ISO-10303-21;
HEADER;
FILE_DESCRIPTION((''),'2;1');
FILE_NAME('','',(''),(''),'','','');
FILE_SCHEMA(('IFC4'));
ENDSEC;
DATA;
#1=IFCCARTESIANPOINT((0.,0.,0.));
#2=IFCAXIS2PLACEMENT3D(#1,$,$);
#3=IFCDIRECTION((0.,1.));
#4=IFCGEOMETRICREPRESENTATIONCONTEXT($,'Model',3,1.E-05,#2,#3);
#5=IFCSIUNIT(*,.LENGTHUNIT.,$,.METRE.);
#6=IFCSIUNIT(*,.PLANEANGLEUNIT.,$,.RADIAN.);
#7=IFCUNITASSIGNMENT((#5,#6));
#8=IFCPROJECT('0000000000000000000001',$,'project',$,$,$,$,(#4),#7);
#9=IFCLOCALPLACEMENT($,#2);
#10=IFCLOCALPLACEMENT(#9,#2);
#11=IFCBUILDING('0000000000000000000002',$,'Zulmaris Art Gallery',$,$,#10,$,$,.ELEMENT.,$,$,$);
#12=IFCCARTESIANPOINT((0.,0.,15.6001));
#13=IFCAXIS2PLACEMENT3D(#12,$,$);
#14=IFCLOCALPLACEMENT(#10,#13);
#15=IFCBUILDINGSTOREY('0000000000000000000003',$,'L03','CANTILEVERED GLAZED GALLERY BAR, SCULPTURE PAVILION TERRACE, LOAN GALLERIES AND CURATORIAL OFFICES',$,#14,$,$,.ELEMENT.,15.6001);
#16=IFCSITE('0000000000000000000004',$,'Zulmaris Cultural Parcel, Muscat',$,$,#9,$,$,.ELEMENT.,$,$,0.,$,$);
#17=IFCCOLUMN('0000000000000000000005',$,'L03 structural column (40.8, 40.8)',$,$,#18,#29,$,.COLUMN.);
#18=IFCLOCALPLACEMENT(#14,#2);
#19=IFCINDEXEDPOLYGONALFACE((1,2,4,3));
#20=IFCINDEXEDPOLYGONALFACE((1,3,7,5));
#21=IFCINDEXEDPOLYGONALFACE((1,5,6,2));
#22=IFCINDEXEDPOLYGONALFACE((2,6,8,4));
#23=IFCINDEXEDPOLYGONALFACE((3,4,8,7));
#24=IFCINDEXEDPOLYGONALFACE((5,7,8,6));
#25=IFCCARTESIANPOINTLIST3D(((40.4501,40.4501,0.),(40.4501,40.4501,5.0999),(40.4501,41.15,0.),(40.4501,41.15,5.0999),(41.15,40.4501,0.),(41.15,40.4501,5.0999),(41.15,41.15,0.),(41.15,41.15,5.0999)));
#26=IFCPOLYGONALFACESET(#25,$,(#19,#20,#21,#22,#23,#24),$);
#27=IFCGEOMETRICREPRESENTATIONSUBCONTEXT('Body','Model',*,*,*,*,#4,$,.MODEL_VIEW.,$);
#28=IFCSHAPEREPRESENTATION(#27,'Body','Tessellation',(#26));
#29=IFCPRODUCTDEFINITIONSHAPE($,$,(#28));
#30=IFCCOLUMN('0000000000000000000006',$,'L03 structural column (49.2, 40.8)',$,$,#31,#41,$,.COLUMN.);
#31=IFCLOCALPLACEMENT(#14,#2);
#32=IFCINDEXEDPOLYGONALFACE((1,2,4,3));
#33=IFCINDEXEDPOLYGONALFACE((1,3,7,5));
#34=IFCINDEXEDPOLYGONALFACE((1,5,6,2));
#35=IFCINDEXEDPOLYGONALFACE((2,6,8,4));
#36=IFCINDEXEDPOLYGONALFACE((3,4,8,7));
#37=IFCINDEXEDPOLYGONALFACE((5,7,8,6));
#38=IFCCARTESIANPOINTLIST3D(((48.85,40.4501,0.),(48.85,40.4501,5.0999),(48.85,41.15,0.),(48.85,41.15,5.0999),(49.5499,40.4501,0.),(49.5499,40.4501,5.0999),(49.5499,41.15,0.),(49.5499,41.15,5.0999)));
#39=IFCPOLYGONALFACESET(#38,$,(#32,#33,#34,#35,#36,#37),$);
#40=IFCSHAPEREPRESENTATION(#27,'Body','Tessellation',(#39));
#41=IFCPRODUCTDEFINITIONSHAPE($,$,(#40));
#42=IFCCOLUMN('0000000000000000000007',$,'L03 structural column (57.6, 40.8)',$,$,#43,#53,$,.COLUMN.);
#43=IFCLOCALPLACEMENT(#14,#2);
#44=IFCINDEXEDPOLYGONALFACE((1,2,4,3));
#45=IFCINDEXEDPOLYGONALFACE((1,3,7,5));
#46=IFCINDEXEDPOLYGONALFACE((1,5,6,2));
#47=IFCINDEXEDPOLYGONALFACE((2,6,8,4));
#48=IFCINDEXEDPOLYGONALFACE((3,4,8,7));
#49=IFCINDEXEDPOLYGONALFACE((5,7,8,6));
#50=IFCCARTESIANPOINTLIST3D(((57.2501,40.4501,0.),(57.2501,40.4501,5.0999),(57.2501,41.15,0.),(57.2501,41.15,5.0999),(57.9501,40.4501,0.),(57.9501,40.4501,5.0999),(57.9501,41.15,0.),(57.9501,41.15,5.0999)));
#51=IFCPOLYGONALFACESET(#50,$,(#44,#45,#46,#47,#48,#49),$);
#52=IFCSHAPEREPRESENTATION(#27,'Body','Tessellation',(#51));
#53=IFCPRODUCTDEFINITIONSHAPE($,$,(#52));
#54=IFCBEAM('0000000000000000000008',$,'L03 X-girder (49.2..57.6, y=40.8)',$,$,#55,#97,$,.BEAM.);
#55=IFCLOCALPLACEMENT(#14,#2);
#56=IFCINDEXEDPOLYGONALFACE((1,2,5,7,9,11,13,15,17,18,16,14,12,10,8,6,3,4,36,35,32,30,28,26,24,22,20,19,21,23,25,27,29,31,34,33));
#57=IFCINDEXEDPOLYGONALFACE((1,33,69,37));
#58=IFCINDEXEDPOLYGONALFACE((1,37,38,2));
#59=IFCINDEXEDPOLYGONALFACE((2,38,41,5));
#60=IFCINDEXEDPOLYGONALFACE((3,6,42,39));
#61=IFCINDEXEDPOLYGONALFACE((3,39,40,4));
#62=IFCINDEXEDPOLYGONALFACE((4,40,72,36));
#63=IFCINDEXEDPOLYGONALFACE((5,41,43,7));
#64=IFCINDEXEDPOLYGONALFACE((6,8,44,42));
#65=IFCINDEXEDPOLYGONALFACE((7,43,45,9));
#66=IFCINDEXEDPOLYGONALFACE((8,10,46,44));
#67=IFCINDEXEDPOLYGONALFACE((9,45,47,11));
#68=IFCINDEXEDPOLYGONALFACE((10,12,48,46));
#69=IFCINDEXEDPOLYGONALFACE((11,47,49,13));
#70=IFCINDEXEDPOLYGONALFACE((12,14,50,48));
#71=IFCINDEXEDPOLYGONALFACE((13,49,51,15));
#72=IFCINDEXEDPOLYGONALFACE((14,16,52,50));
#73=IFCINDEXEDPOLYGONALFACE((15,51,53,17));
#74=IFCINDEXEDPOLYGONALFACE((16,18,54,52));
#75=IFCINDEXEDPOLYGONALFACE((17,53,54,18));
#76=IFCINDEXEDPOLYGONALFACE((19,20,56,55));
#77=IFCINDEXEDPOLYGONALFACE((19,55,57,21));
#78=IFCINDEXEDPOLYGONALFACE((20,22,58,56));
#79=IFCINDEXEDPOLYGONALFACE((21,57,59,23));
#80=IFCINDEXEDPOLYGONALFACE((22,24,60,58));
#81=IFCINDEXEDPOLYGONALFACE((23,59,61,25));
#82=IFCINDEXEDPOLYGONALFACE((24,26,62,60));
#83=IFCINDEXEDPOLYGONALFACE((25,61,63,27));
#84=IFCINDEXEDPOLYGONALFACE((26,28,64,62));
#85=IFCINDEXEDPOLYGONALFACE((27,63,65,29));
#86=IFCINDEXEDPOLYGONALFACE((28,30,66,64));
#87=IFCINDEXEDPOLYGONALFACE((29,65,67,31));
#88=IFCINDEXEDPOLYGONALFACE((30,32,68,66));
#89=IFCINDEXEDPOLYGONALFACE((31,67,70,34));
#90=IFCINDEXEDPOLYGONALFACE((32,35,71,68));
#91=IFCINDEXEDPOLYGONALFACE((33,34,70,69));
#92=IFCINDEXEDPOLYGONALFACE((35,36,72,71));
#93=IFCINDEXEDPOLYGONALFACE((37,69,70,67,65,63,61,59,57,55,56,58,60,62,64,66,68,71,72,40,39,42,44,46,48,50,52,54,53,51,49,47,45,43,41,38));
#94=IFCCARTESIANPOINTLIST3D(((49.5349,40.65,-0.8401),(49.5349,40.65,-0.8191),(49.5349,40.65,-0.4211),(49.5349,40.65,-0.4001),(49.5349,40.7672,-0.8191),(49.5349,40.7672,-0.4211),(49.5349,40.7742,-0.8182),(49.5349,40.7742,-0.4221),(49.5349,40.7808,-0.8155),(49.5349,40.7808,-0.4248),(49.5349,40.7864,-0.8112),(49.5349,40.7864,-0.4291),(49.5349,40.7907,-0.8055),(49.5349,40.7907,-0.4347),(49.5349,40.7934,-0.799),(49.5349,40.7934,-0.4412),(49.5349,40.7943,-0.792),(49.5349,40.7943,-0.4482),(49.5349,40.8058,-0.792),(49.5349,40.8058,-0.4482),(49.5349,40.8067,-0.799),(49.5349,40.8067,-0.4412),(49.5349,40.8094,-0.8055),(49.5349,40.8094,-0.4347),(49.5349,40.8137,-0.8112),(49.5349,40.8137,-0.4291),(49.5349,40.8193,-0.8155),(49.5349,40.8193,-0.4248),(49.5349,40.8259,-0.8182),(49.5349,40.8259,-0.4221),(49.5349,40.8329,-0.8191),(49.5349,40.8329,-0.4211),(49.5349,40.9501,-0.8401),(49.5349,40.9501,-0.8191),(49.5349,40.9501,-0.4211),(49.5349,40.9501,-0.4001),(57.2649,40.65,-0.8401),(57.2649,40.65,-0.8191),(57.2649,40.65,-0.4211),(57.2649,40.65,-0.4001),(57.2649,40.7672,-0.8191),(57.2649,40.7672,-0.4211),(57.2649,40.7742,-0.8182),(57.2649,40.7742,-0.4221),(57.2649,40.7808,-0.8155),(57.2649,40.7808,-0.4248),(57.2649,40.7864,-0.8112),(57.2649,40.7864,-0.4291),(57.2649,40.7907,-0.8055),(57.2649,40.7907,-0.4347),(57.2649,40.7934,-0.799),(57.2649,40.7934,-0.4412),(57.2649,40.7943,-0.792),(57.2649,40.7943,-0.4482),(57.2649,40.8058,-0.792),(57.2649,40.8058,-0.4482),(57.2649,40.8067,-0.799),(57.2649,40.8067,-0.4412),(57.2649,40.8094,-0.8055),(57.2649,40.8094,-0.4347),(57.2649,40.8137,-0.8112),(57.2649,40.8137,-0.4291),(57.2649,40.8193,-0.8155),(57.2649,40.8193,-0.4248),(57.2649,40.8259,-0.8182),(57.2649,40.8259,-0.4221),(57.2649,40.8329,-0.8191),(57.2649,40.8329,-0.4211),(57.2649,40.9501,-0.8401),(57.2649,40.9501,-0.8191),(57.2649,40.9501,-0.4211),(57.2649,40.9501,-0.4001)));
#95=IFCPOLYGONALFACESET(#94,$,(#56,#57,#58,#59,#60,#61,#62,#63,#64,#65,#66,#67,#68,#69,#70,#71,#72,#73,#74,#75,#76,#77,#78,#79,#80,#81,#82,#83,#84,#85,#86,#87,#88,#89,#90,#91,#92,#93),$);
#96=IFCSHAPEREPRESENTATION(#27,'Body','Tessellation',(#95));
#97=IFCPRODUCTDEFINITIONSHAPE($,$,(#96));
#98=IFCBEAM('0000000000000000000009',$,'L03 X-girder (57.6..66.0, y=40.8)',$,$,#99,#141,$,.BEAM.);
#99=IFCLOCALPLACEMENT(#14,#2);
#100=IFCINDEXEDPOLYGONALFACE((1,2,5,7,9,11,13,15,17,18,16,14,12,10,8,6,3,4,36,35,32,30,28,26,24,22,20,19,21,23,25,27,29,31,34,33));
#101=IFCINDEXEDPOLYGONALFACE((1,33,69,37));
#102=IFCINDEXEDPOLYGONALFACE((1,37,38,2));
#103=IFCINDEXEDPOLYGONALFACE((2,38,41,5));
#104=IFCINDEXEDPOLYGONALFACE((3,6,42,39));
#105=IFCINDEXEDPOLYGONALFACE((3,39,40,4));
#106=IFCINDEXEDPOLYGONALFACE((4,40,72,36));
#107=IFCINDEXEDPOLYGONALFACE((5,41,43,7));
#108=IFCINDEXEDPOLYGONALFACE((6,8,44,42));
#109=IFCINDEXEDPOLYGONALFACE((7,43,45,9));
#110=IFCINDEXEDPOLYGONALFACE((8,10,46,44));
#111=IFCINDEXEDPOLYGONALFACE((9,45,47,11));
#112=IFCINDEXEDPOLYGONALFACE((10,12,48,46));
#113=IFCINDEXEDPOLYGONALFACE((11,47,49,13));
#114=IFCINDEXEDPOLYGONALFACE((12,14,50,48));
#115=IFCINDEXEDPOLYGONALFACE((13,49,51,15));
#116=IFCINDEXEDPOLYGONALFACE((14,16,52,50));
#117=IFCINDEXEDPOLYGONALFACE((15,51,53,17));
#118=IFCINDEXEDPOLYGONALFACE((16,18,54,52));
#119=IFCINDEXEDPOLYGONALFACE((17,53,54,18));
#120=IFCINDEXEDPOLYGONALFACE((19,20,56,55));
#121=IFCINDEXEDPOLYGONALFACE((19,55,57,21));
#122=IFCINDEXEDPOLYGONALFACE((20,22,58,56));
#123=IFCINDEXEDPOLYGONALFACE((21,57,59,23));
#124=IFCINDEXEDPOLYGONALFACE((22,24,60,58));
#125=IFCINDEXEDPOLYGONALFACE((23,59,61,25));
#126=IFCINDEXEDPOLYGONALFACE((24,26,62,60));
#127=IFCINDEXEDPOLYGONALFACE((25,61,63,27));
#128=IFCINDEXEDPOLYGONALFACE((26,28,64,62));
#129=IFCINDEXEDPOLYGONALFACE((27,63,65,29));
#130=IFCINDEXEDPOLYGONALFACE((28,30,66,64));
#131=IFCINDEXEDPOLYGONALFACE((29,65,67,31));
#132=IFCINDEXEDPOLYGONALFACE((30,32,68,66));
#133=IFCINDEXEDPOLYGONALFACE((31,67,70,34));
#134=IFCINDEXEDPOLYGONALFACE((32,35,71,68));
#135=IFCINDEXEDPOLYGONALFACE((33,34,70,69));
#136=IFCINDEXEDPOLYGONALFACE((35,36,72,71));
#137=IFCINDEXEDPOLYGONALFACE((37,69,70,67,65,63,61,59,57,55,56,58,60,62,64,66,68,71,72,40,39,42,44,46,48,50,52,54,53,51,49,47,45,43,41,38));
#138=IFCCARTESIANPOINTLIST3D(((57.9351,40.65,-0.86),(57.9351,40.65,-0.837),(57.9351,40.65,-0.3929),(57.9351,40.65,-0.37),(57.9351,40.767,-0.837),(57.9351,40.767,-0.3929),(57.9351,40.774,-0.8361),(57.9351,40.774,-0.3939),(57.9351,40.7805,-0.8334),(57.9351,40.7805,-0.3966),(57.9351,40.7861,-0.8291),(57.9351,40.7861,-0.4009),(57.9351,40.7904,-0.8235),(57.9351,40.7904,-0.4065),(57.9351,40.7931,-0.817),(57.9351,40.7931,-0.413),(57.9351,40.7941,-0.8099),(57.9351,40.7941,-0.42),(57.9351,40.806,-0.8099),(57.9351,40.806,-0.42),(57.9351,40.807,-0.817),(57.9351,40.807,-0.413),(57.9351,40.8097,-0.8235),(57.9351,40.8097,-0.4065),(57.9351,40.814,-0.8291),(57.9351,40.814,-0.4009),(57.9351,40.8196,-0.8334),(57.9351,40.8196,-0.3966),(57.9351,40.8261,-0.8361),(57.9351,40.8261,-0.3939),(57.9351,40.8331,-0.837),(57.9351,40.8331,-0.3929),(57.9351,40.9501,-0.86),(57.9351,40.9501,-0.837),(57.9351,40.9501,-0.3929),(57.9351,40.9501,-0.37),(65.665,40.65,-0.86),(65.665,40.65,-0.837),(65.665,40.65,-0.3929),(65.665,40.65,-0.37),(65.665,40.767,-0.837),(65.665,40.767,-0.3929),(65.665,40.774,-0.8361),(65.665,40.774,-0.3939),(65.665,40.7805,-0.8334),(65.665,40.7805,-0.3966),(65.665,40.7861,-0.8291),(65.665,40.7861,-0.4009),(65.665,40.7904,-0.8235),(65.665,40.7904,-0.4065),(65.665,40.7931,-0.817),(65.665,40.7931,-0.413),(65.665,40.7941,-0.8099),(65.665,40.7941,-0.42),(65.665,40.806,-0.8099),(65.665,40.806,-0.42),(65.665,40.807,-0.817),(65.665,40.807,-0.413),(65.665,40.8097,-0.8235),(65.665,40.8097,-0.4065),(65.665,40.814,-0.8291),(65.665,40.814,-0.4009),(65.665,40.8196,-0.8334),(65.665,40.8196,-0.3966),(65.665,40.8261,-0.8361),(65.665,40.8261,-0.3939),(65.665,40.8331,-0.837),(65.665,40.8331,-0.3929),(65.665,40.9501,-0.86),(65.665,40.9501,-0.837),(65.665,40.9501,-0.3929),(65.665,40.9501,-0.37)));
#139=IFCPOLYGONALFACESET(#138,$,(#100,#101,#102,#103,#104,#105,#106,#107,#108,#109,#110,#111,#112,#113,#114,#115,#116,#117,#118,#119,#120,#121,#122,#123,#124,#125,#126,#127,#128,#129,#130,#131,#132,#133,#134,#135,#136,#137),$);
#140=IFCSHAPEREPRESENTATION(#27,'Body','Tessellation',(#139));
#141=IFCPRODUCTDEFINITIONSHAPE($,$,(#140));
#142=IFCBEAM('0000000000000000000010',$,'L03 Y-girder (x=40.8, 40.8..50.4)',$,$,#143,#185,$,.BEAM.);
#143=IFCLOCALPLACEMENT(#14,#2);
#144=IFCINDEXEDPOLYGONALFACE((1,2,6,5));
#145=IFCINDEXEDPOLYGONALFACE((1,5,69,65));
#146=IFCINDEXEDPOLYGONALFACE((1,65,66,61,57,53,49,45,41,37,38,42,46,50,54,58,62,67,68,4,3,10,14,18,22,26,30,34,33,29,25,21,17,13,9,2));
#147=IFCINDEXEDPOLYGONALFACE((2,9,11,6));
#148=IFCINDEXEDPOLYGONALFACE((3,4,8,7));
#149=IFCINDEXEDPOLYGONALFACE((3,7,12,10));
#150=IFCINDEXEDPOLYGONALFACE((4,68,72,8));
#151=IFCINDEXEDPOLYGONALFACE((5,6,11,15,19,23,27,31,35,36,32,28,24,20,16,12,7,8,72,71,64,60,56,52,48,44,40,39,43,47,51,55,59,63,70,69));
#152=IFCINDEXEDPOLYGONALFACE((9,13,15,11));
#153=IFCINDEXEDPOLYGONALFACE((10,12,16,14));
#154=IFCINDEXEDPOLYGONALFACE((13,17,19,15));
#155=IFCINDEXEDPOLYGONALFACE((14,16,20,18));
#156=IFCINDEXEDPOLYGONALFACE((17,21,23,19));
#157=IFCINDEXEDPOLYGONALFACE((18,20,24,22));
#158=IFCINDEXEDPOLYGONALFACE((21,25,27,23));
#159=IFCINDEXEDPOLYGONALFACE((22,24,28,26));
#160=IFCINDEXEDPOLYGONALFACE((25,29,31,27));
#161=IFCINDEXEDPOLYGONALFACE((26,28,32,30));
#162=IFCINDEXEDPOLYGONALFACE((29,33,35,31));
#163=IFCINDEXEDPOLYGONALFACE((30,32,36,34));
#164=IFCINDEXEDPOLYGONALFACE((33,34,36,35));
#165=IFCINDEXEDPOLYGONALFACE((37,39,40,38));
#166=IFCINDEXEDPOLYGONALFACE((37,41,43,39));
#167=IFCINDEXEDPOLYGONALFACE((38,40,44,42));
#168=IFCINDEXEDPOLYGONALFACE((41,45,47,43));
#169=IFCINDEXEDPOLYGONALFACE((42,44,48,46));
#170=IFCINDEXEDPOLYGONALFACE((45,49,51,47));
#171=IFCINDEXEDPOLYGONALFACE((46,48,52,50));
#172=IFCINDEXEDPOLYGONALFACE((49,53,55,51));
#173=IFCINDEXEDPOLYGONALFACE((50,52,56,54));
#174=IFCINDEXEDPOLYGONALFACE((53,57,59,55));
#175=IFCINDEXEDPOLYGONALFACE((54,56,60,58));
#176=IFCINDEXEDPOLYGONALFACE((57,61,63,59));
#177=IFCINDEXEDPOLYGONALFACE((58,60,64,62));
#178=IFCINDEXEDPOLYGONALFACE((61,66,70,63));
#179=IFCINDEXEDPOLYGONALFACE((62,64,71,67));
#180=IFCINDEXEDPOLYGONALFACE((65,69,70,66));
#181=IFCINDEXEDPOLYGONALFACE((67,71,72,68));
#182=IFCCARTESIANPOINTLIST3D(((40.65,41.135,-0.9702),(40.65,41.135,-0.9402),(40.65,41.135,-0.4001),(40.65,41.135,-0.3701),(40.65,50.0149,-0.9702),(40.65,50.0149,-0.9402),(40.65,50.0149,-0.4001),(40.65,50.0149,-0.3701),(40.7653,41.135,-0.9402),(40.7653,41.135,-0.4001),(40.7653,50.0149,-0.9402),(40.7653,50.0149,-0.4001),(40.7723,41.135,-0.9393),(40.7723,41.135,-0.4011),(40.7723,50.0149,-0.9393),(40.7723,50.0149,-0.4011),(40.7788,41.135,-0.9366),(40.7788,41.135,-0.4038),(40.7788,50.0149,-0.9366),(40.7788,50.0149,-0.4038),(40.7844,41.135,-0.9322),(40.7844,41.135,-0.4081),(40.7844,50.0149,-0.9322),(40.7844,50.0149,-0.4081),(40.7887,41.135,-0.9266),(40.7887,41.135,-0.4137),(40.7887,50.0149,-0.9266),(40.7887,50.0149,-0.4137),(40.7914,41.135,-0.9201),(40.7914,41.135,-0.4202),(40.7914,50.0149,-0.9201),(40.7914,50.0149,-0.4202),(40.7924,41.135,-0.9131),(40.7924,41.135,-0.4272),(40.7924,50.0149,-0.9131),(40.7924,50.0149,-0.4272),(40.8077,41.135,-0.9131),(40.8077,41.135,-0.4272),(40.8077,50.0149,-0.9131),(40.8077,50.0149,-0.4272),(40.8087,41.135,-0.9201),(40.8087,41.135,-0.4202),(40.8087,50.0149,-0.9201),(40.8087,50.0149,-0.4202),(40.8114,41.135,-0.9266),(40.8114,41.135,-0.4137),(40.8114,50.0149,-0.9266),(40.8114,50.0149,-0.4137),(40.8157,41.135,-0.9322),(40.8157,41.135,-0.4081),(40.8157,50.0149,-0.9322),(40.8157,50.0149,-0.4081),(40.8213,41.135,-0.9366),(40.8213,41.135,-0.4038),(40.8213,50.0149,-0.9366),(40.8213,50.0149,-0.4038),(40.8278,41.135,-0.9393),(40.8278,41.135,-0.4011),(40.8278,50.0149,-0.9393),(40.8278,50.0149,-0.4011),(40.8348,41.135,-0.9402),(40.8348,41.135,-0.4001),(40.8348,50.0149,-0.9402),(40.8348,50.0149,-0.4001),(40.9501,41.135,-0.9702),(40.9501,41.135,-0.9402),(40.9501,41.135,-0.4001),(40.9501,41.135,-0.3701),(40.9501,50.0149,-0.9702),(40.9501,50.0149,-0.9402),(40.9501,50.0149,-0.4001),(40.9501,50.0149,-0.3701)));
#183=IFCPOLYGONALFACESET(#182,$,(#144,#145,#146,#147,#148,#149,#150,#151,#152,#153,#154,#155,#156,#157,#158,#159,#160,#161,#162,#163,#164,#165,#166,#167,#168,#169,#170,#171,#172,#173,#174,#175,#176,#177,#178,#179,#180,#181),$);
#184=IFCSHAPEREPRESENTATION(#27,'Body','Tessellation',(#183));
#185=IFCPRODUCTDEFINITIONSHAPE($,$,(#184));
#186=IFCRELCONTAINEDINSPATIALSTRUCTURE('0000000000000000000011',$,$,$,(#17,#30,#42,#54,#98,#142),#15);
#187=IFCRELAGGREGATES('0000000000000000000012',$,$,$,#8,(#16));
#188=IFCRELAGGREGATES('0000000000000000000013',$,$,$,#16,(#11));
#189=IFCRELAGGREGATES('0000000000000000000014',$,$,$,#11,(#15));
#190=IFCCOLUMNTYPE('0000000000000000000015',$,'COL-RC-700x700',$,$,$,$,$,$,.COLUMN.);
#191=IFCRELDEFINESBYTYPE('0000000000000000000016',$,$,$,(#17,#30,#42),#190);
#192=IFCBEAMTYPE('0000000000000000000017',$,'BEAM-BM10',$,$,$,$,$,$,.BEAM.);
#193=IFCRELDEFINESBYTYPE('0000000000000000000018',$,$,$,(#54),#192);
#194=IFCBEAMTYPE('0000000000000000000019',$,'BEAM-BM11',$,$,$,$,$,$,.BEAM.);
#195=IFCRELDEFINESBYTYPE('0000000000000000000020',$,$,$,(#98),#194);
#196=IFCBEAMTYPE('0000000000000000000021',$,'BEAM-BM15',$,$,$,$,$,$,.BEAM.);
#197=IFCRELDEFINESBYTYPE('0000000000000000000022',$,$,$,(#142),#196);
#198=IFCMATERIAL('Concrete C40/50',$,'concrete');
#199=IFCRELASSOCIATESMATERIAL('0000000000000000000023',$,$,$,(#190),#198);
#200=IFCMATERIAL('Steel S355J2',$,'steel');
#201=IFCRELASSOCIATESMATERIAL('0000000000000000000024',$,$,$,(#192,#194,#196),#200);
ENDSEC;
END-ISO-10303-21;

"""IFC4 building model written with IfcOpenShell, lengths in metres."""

from ifc_helpers import new_model, si_unit, direction, frame, origin, origin_2d, place, context, subcontext, project, spatial, rectangle, i_section, extrude, material, material_profile, profile_set, type_object, element, save


model = new_model("IFC4")

# Units and contexts
model_context = context("Model", 3, precision=1e-05, world=origin(), true_north=direction((0.0, 1.0)))
body_context = subcontext(model_context, "Body", "Model", "MODEL_VIEW")
ifc_project = project(units=[si_unit("LENGTHUNIT", "METRE"), si_unit("PLANEANGLEUNIT", "RADIAN")], contexts=[model_context])

# Site, building, storey
site_placement = place(None, origin())
site = spatial("IfcSite", under=ifc_project, at=site_placement, Name="Zulmaris Cultural Parcel, Muscat", CompositionType="ELEMENT", RefElevation=0.0)
building_placement = place(site_placement, origin())
building = spatial("IfcBuilding", under=site, at=building_placement, Name="Zulmaris Art Gallery", CompositionType="ELEMENT")
storey_placement = place(building_placement, frame((0.0, 0.0, 15.6001)))
storey = spatial("IfcBuildingStorey", under=building, at=storey_placement, Name="L03", Description="CANTILEVERED GLAZED GALLERY BAR, SCULPTURE PAVILION TERRACE, LOAN GALLERIES AND CURATORIAL OFFICES", CompositionType="ELEMENT", Elevation=15.6001)

# Columns
ifc_material_1 = material(Name="Concrete C40/50", Category="concrete")
ifc_material_profile_1 = material_profile(ifc_material_1, rectangle(XDim=0.7, YDim=0.7, at=origin_2d()), Name="RC 700x700")
ifc_profile_set_1 = profile_set([ifc_material_profile_1], Name="Concrete C40/50")
column_type = type_object("IfcColumnType", Name="COL-RC-700x700", PredefinedType="COLUMN", material=ifc_profile_set_1)
for number, where, z_axis, x_axis, name in (
    (1, (40.8, 40.8, 0.0), (0.0, 0.0, 1.0), (1.0, 0.0, 0.0), "L03 structural column (40.8, 40.8)"),
    (2, (49.2, 40.8, 0.0), (0.0, 0.0, 1.0), (1.0, 0.0, 0.0), "L03 structural column (49.2, 40.8)"),
    (3, (57.6001, 40.8, 0.0), (0.0, 0.0, 1.0), (1.0, 0.0, 0.0), "L03 structural column (57.6, 40.8)"),
):
    element("IfcColumn", number, at=place(storey_placement, frame(where, z_axis=z_axis, x_axis=x_axis)), inside=storey, type_object=column_type, Name=name, PredefinedType="COLUMN", context=body_context, shape_type="SweptSolid", body=[
        extrude(rectangle(XDim=0.7, YDim=0.7, at=origin_2d()), origin(), (0.0, 0.0, 1.0), 5.0999),
    ])

# Beams
ifc_material_2 = material(Name="Steel S355J2", Category="steel")
ifc_material_profile_2 = material_profile(ifc_material_2, i_section(OverallWidth=0.3, OverallDepth=0.4399, WebThickness=0.0115, FlangeThickness=0.021, FilletRadius=0.0271, at=origin_2d()), Name="HEA 450")
ifc_profile_set_2 = profile_set([ifc_material_profile_2], Name="Steel S355J2")
beam_type_1 = type_object("IfcBeamType", Name="BEAM-BM10", PredefinedType="BEAM", material=ifc_profile_set_2)
beam_1_placement = place(storey_placement, frame((49.5349, 40.8, -0.6201), z_axis=(1.0, 0.0, 0.0), x_axis=(0.0, 1.0, 0.0)))
element("IfcBeam", 4, at=beam_1_placement, inside=storey, type_object=beam_type_1, Name="L03 X-girder (49.2..57.6, y=40.8)", PredefinedType="BEAM", context=body_context, shape_type="SweptSolid", body=[
    extrude(i_section(OverallWidth=0.3, OverallDepth=0.4399, WebThickness=0.0115, FlangeThickness=0.021, FilletRadius=0.0271, at=origin_2d()), origin(), (0.0, 0.0, 1.0), 7.73),
])
ifc_material_profile_3 = material_profile(ifc_material_2, i_section(OverallWidth=0.3, OverallDepth=0.49, WebThickness=0.012, FlangeThickness=0.0229, FilletRadius=0.0271, at=origin_2d()), Name="HEA 500")
ifc_profile_set_3 = profile_set([ifc_material_profile_3], Name="Steel S355J2")
beam_type_2 = type_object("IfcBeamType", Name="BEAM-BM11", PredefinedType="BEAM", material=ifc_profile_set_3)
beam_2_placement = place(storey_placement, frame((57.9351, 40.8, -0.615), z_axis=(1.0, 0.0, 0.0), x_axis=(0.0, 1.0, 0.0)))
element("IfcBeam", 5, at=beam_2_placement, inside=storey, type_object=beam_type_2, Name="L03 X-girder (57.6..66.0, y=40.8)", PredefinedType="BEAM", context=body_context, shape_type="SweptSolid", body=[
    extrude(i_section(OverallWidth=0.3, OverallDepth=0.49, WebThickness=0.012, FlangeThickness=0.0229, FilletRadius=0.0271, at=origin_2d()), origin(), (0.0, 0.0, 1.0), 7.73),
])
ifc_material_profile_4 = material_profile(ifc_material_2, i_section(OverallWidth=0.3, OverallDepth=0.6001, WebThickness=0.0154, FlangeThickness=0.03, FilletRadius=0.0271, at=origin_2d()), Name="HEB 600")
ifc_profile_set_4 = profile_set([ifc_material_profile_4], Name="Steel S355J2")
beam_type_3 = type_object("IfcBeamType", Name="BEAM-BM15", PredefinedType="BEAM", material=ifc_profile_set_4)
beam_3_placement = place(storey_placement, frame((40.8, 41.135, -0.6702), z_axis=(0.0, 1.0, 0.0), x_axis=(-1.0, 0.0, 0.0)))
element("IfcBeam", 6, at=beam_3_placement, inside=storey, type_object=beam_type_3, Name="L03 Y-girder (x=40.8, 40.8..50.4)", PredefinedType="BEAM", context=body_context, shape_type="SweptSolid", body=[
    extrude(i_section(OverallWidth=0.3, OverallDepth=0.6001, WebThickness=0.0154, FlangeThickness=0.03, FilletRadius=0.0271, at=origin_2d()), origin(), (0.0, 0.0, 1.0), 8.8799),
])

save(model, "model.ifc")
